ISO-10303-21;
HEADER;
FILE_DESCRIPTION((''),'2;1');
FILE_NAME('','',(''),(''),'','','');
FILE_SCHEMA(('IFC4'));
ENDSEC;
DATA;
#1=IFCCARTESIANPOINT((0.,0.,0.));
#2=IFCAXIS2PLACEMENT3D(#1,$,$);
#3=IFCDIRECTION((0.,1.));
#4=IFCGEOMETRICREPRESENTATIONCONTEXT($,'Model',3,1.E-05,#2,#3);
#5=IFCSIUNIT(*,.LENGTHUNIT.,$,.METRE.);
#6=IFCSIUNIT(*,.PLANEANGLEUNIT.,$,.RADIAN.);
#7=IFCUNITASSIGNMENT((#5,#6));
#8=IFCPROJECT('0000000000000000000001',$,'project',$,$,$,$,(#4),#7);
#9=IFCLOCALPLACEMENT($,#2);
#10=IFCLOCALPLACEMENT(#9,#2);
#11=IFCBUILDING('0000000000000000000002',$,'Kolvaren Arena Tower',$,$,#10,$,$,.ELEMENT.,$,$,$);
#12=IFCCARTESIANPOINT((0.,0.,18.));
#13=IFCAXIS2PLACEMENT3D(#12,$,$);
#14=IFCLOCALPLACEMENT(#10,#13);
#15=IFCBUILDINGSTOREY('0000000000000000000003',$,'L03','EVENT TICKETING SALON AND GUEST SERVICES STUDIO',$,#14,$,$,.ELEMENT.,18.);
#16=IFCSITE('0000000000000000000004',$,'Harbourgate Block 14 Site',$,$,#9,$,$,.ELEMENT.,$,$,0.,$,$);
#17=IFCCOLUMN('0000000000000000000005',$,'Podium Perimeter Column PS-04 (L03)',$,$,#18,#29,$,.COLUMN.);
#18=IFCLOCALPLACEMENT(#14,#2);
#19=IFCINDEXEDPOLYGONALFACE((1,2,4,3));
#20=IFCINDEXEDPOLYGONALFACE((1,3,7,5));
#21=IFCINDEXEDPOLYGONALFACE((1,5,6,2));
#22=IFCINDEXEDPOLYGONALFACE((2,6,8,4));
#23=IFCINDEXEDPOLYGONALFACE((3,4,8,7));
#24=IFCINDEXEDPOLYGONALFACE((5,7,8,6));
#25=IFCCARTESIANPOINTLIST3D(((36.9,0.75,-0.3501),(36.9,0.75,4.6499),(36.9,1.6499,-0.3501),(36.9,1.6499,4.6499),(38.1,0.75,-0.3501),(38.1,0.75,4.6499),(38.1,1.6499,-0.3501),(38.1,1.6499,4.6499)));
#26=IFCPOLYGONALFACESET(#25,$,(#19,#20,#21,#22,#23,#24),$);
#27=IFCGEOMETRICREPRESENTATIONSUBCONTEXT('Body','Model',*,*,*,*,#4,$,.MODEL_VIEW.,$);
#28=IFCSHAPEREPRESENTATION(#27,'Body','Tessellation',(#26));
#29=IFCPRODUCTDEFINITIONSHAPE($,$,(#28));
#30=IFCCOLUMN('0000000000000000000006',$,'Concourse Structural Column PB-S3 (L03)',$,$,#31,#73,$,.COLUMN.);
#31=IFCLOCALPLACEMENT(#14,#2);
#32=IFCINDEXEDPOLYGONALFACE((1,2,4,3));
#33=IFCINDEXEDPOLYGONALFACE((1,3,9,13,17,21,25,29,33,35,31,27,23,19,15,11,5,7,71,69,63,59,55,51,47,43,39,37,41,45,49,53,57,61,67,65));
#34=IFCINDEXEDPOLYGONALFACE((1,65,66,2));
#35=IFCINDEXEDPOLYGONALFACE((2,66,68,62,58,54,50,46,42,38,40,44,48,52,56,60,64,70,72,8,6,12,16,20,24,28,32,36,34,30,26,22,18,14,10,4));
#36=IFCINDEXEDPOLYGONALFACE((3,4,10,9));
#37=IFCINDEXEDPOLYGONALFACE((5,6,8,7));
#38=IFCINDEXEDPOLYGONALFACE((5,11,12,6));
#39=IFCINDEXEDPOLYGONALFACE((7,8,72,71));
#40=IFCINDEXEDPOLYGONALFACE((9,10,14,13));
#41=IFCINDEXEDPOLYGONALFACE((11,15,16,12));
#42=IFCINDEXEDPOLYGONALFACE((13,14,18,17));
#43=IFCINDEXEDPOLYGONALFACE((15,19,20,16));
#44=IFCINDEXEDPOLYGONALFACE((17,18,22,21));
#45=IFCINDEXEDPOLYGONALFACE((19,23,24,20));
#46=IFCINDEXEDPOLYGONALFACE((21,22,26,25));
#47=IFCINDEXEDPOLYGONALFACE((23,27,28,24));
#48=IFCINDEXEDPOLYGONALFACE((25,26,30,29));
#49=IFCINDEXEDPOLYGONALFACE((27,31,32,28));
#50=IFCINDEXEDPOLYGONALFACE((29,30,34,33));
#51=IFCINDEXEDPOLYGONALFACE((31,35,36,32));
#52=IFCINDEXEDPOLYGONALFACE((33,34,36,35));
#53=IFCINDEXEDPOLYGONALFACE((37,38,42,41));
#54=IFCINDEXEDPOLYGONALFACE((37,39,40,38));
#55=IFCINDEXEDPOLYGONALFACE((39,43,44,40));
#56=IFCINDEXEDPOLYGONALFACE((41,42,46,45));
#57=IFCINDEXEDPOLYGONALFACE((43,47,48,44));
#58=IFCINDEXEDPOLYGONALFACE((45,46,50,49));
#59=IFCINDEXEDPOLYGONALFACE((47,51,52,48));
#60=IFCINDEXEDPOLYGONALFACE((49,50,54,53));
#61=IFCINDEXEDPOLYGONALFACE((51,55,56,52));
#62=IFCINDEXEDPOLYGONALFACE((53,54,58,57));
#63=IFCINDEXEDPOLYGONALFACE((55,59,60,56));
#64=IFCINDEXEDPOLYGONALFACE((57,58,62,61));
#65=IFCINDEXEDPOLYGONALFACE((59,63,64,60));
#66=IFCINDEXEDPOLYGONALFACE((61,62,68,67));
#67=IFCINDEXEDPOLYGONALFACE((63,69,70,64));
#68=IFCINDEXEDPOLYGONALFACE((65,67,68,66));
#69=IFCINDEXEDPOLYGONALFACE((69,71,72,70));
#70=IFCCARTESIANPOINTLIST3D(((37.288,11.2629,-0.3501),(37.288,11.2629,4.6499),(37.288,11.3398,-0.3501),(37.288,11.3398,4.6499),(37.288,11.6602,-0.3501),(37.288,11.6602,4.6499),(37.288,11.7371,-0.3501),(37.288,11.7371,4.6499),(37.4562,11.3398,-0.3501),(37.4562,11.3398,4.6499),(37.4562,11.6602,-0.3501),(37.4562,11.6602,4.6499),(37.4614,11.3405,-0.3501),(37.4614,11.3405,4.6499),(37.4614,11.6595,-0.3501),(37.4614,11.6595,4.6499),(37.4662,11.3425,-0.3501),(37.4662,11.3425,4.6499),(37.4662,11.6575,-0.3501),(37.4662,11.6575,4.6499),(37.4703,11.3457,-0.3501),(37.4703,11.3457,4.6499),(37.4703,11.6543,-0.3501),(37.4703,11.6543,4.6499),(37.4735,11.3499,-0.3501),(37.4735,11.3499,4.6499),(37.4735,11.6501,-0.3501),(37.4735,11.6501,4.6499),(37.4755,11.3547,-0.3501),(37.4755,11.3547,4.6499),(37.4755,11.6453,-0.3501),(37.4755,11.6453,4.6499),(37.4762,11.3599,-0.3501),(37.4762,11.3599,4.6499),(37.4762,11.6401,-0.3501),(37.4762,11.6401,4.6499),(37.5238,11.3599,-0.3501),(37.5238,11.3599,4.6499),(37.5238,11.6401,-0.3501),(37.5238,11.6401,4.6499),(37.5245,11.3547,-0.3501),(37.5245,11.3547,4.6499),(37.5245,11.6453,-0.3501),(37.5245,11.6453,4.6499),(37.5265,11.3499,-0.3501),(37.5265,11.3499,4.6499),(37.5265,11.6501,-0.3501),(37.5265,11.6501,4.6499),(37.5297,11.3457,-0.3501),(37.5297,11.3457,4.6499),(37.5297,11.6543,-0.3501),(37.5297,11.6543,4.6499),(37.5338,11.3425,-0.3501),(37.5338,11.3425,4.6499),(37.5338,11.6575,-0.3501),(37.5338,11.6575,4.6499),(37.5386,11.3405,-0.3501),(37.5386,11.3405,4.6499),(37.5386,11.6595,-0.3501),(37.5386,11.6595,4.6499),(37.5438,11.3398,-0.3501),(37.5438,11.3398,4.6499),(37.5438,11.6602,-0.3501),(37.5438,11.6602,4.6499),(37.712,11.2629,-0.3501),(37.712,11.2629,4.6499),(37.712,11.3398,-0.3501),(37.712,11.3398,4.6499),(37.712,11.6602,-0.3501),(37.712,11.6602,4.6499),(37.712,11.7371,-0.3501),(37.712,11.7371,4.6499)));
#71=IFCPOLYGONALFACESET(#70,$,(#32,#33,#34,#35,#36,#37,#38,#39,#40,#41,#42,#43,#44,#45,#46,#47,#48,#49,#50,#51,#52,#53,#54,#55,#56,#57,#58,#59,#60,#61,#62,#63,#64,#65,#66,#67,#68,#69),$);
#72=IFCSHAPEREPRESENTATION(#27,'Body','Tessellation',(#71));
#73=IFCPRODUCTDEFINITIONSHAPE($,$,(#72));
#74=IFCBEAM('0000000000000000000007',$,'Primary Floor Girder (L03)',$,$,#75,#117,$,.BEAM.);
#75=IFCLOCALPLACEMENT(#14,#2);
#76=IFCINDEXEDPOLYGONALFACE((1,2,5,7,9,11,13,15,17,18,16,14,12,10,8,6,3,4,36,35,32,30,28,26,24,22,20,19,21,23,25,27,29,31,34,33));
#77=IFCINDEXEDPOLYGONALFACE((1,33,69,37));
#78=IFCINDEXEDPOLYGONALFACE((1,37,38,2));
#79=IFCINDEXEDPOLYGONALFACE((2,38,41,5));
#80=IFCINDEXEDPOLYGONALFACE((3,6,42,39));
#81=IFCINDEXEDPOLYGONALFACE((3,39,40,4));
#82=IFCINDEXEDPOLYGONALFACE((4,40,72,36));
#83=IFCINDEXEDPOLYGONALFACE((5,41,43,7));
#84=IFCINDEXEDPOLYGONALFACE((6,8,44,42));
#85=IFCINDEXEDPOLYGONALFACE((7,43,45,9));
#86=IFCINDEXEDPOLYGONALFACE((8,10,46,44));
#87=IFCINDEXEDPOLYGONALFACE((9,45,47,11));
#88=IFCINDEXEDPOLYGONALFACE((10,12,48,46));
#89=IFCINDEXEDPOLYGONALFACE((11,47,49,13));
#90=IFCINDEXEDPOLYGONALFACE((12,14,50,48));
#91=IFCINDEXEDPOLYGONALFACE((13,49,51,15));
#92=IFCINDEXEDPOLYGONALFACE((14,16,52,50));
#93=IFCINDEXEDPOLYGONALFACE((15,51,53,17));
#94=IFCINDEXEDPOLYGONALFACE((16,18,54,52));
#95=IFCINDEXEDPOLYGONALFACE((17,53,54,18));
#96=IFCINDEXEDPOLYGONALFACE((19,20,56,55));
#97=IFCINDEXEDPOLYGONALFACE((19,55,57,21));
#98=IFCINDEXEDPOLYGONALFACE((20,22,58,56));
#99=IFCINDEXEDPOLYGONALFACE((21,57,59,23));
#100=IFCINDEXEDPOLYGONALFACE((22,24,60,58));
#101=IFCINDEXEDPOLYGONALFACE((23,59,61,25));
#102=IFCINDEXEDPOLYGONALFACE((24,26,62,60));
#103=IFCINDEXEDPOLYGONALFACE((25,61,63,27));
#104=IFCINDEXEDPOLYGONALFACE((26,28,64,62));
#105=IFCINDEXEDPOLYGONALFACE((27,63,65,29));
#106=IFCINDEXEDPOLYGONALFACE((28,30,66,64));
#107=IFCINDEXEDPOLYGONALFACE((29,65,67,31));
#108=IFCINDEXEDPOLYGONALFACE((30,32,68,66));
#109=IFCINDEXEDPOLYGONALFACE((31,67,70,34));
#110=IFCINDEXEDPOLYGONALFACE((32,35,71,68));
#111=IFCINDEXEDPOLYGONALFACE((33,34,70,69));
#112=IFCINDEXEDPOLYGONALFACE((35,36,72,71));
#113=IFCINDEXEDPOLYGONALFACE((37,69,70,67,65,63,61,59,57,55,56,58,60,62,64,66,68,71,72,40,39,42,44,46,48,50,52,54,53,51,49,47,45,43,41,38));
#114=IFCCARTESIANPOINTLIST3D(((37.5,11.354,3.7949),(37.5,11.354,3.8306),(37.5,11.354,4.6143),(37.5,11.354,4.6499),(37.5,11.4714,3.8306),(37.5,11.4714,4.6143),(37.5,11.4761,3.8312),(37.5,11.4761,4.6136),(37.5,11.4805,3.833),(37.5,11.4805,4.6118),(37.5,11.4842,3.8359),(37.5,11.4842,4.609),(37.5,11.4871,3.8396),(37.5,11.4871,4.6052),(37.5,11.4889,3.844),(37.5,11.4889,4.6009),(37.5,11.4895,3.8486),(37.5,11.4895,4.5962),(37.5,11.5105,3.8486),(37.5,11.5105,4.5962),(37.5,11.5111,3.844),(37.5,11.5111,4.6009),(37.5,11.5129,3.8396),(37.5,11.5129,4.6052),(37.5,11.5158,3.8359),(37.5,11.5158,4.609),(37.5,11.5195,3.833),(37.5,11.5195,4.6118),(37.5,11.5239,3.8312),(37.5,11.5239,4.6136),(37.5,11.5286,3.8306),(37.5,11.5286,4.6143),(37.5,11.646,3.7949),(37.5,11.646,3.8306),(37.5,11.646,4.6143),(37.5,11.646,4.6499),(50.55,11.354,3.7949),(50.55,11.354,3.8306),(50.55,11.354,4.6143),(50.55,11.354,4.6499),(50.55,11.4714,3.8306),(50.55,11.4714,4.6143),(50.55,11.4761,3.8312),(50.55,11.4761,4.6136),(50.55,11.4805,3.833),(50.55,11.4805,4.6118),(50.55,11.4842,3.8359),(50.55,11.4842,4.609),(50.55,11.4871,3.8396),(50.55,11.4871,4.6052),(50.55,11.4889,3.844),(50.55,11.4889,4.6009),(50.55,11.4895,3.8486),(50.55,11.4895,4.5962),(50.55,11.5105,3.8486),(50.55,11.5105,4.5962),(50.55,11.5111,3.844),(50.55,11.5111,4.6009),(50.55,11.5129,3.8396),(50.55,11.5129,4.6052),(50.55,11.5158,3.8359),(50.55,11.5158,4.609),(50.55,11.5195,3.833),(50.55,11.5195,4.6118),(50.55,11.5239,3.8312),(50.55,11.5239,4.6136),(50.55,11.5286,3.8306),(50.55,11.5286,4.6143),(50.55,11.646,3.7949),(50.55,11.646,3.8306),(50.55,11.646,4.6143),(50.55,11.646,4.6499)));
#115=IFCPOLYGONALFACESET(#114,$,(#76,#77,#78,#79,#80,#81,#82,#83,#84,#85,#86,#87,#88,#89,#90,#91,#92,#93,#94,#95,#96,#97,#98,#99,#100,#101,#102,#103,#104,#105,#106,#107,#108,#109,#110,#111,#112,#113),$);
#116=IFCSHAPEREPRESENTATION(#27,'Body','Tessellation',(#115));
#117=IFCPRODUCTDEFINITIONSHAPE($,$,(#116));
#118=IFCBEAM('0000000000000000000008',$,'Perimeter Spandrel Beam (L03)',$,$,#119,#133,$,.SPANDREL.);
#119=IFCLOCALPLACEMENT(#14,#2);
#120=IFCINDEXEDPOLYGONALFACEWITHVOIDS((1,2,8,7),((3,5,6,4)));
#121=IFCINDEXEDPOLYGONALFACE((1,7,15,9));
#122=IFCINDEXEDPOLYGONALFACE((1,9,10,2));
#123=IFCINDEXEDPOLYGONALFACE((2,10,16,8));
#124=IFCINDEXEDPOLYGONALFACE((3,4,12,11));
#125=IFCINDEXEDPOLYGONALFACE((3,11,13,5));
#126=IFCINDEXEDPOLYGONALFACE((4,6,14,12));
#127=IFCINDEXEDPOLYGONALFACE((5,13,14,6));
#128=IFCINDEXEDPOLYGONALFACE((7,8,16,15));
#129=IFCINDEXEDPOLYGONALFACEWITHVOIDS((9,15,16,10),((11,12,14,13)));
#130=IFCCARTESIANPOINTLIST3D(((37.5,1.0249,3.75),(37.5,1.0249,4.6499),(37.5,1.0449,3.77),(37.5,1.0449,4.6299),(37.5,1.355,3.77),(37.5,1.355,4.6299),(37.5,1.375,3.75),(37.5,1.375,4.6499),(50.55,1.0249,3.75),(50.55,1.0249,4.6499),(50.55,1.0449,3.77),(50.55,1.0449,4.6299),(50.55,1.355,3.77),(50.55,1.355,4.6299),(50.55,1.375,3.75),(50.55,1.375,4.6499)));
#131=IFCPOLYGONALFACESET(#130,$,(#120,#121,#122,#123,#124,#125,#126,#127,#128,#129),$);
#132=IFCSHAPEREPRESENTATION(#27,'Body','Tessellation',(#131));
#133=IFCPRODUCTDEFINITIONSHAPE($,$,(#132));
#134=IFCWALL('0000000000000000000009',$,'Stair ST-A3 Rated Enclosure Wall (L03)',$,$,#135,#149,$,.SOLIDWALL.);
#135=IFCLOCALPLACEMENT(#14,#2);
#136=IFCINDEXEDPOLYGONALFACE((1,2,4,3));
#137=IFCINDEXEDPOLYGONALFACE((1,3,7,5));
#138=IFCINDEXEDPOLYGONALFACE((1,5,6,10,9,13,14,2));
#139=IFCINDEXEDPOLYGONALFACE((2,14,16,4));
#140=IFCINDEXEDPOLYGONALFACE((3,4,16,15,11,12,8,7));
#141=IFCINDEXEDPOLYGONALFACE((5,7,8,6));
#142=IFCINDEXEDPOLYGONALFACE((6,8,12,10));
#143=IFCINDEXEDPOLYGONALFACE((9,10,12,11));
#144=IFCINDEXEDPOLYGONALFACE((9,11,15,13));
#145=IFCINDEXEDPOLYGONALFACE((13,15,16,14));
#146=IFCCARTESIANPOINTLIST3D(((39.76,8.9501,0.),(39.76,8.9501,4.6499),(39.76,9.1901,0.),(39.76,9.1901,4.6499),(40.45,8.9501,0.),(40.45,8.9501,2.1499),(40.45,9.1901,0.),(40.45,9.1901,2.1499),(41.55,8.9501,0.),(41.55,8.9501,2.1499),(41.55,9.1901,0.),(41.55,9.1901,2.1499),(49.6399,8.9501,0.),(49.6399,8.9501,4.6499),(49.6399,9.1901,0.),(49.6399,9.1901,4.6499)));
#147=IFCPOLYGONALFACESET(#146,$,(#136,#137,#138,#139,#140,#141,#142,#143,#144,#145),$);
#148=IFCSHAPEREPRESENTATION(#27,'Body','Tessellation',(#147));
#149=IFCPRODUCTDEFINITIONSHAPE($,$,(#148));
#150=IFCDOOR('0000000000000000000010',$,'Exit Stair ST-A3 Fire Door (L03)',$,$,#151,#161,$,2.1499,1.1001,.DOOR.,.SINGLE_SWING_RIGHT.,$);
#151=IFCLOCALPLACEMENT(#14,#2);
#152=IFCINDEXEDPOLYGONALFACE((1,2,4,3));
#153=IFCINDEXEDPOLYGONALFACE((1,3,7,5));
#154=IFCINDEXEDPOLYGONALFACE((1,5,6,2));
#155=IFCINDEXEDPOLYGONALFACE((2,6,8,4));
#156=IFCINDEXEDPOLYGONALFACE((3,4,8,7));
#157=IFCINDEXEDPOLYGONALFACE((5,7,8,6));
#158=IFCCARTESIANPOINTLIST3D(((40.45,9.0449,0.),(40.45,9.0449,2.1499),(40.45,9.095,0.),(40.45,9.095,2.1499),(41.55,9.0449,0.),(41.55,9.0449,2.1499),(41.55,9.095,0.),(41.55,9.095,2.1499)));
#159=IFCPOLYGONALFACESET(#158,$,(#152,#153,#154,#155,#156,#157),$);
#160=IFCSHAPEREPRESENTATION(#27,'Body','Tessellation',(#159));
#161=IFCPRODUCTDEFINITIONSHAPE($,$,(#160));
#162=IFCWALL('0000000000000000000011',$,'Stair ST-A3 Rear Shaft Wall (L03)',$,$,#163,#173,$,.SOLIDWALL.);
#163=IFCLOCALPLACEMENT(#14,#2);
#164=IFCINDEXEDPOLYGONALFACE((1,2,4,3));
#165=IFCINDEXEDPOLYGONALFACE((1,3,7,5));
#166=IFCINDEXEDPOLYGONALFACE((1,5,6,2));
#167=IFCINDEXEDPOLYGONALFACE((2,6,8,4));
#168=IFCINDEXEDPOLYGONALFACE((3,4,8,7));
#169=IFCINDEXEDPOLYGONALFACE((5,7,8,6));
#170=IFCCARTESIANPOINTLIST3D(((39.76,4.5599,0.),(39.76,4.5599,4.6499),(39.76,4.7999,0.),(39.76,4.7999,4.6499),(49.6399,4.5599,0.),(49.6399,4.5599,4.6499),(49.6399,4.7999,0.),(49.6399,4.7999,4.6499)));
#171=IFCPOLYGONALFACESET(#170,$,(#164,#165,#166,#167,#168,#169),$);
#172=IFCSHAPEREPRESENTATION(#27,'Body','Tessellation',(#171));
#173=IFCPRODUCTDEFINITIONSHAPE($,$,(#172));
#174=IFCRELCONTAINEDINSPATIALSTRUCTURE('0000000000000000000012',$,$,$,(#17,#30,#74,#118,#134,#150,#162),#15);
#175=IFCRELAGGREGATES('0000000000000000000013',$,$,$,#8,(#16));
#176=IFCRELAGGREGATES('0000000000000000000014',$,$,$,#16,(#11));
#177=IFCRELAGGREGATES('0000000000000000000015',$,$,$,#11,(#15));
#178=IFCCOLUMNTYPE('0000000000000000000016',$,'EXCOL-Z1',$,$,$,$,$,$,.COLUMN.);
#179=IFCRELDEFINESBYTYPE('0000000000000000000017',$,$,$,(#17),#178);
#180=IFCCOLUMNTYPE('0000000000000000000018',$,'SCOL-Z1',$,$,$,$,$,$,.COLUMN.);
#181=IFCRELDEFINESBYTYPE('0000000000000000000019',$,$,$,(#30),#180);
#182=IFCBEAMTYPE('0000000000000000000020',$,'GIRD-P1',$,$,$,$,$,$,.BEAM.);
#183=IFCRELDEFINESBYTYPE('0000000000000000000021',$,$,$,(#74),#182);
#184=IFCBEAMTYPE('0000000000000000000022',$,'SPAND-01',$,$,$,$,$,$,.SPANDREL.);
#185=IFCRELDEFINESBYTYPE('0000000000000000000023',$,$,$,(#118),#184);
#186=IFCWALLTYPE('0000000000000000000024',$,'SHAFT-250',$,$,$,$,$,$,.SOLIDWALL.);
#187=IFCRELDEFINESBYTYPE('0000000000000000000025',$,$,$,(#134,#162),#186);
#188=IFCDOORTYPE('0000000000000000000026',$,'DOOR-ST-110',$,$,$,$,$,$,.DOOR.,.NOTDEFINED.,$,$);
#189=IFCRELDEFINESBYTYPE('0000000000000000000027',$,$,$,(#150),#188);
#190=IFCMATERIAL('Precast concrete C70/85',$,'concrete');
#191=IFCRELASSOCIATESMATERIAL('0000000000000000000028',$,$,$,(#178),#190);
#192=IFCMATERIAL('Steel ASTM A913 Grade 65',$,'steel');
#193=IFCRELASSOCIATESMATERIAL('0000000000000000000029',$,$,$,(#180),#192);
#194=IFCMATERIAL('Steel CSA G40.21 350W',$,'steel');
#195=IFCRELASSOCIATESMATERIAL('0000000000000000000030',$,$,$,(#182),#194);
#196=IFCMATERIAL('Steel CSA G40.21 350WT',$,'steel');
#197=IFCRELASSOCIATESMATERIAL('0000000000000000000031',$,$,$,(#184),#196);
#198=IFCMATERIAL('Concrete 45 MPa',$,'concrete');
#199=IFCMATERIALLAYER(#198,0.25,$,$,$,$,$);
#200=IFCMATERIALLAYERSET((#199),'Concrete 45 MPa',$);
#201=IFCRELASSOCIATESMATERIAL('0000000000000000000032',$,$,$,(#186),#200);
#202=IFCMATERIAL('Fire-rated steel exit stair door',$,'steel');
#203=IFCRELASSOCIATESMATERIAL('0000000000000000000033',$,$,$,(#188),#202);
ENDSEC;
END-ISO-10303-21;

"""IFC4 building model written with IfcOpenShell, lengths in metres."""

from ifc_helpers import new_model, si_unit, direction, frame, frame_2d, origin, origin_2d, place, context, subcontext, project, spatial, rectangle, hollow_rectangle, i_section, extrude, material, layer, layer_set, material_profile, profile_set, type_object, element, fill, save


model = new_model("IFC4")

# Units and contexts
model_context = context("Model", 3, precision=1e-05, world=origin(), true_north=direction((0.0, 1.0)))
body_context = subcontext(model_context, "Body", "Model", "MODEL_VIEW")
ifc_project = project(units=[si_unit("LENGTHUNIT", "METRE"), si_unit("PLANEANGLEUNIT", "RADIAN")], contexts=[model_context])

# Site, building, storey
site_placement = place(None, origin())
site = spatial("IfcSite", under=ifc_project, at=site_placement, Name="Harbourgate Block 14 Site", CompositionType="ELEMENT", RefElevation=0.0)
building_placement = place(site_placement, origin())
building = spatial("IfcBuilding", under=site, at=building_placement, Name="Kolvaren Arena Tower", CompositionType="ELEMENT")
storey_placement = place(building_placement, frame((0.0, 0.0, 18.0)))
storey = spatial("IfcBuildingStorey", under=building, at=storey_placement, Name="L03", Description="EVENT TICKETING SALON AND GUEST SERVICES STUDIO", CompositionType="ELEMENT", Elevation=18.0)

# Columns
ifc_material_1 = material(Name="Precast concrete C70/85", Category="concrete")
ifc_material_profile_1 = material_profile(ifc_material_1, rectangle(XDim=1.2, YDim=0.8999, at=origin_2d()), Name="RC-1200x900")
ifc_profile_set_1 = profile_set([ifc_material_profile_1], Name="Precast concrete C70/85")
column_type_1 = type_object("IfcColumnType", Name="EXCOL-Z1", PredefinedType="COLUMN", material=ifc_profile_set_1)
column_1_placement = place(storey_placement, frame((37.5, 1.2, -0.3501), z_axis=(0.0, 0.0, 1.0), x_axis=(1.0, 0.0, 0.0)))
element("IfcColumn", 1, at=column_1_placement, inside=storey, type_object=column_type_1, Name="Podium Perimeter Column PS-04 (L03)", PredefinedType="COLUMN", context=body_context, shape_type="SweptSolid", body=[
    extrude(rectangle(XDim=1.2, YDim=0.8999, at=origin_2d()), origin(), (0.0, 0.0, 1.0), 5.0),
])
ifc_material_2 = material(Name="Steel ASTM A913 Grade 65", Category="steel")
ifc_material_profile_2 = material_profile(ifc_material_2, i_section(OverallWidth=0.4241, OverallDepth=0.4741, WebThickness=0.0476, FlangeThickness=0.0769, FilletRadius=0.02, at=origin_2d()), Name="W360x634")
ifc_profile_set_2 = profile_set([ifc_material_profile_2], Name="Steel ASTM A913 Grade 65")
column_type_2 = type_object("IfcColumnType", Name="SCOL-Z1", PredefinedType="COLUMN", material=ifc_profile_set_2)
column_2_placement = place(storey_placement, frame((37.5, 11.5, -0.3501), z_axis=(0.0, 0.0, 1.0), x_axis=(1.0, 0.0, 0.0)))
element("IfcColumn", 2, at=column_2_placement, inside=storey, type_object=column_type_2, Name="Concourse Structural Column PB-S3 (L03)", PredefinedType="COLUMN", context=body_context, shape_type="SweptSolid", body=[
    extrude(i_section(OverallWidth=0.4241, OverallDepth=0.4741, WebThickness=0.0476, FlangeThickness=0.0769, FilletRadius=0.02, at=origin_2d()), origin(), (0.0, 0.0, 1.0), 5.0),
])

# Beams
ifc_material_3 = material(Name="Steel CSA G40.21 350W", Category="steel")
ifc_material_profile_3 = material_profile(ifc_material_3, i_section(OverallWidth=0.292, OverallDepth=0.855, WebThickness=0.021, FlangeThickness=0.0356, FilletRadius=0.0181, at=origin_2d()), Name="W840x299")
ifc_profile_set_3 = profile_set([ifc_material_profile_3], Name="Steel CSA G40.21 350W")
beam_type_1 = type_object("IfcBeamType", Name="GIRD-P1", PredefinedType="BEAM", material=ifc_profile_set_3)
beam_1_placement = place(storey_placement, frame((37.5, 11.5, 4.2224), z_axis=(1.0, 0.0, 0.0), x_axis=(0.0, 1.0, 0.0)))
element("IfcBeam", 3, at=beam_1_placement, inside=storey, type_object=beam_type_1, Name="Primary Floor Girder (L03)", PredefinedType="BEAM", context=body_context, shape_type="SweptSolid", body=[
    extrude(i_section(OverallWidth=0.292, OverallDepth=0.855, WebThickness=0.021, FlangeThickness=0.0356, FilletRadius=0.0181, at=origin_2d()), origin(), (0.0, 0.0, 1.0), 13.05),
])
ifc_material_4 = material(Name="Steel CSA G40.21 350WT", Category="steel")
ifc_material_profile_4 = material_profile(ifc_material_4, hollow_rectangle(XDim=0.3501, YDim=0.8999, WallThickness=0.02, at=origin_2d()), Name="HSS 900x350x20")
ifc_profile_set_4 = profile_set([ifc_material_profile_4], Name="Steel CSA G40.21 350WT")
beam_type_2 = type_object("IfcBeamType", Name="SPAND-01", PredefinedType="SPANDREL", material=ifc_profile_set_4)
beam_2_placement = place(storey_placement, frame((37.5, 1.2, 4.2), z_axis=(1.0, 0.0, 0.0), x_axis=(0.0, 1.0, 0.0)))
element("IfcBeam", 4, at=beam_2_placement, inside=storey, type_object=beam_type_2, Name="Perimeter Spandrel Beam (L03)", PredefinedType="SPANDREL", context=body_context, shape_type="SweptSolid", body=[
    extrude(hollow_rectangle(XDim=0.3501, YDim=0.8999, WallThickness=0.02, at=origin_2d()), origin(), (0.0, 0.0, 1.0), 13.05),
])

# Wall, opening, door
ifc_material_5 = material(Name="Concrete 45 MPa", Category="concrete")
ifc_layer = layer(ifc_material_5, 0.25)
ifc_layer_set = layer_set([ifc_layer], Name="Concrete 45 MPa")
wall_type = type_object("IfcWallType", Name="SHAFT-250", PredefinedType="SOLIDWALL", material=ifc_layer_set)
wall_1_placement = place(storey_placement, frame((39.76, 9.0701, 0.0), z_axis=(0.0, 0.0, 1.0), x_axis=(1.0, 0.0, 0.0)))
wall_1 = element("IfcWall", 5, at=wall_1_placement, inside=storey, type_object=wall_type, Name="Stair ST-A3 Rated Enclosure Wall (L03)", PredefinedType="SOLIDWALL", context=body_context, shape_type="SweptSolid", body=[
    extrude(rectangle(XDim=9.8799, YDim=0.24, at=frame_2d((4.9399, 0.0))), origin(), (0.0, 0.0, 1.0), 4.6499),
])
opening_placement = place(wall_1_placement, frame((0.6899, 0.0, 0.0)))
opening = element("IfcOpeningElement", 6, at=opening_placement, cuts=wall_1, PredefinedType="OPENING", context=body_context, shape_type="SweptSolid", body=[
    extrude(rectangle(XDim=1.1001, YDim=2.1499, at=frame_2d((0.55, 1.075))), frame((0.0, 0.1299, 0.0), z_axis=(0.0, -1.0, 0.0), x_axis=(1.0, 0.0, 0.0)), (0.0, 0.0, 1.0), 0.26),
])
ifc_material_6 = material(Name="Fire-rated steel exit stair door", Category="steel")
door_type = type_object("IfcDoorType", Name="DOOR-ST-110", OperationType="NOTDEFINED", PredefinedType="DOOR", material=ifc_material_6)
door_placement = place(opening_placement, origin())
door = element("IfcDoor", 7, at=door_placement, inside=storey, type_object=door_type, Name="Exit Stair ST-A3 Fire Door (L03)", OperationType="SINGLE_SWING_RIGHT", OverallHeight=2.1499, OverallWidth=1.1001, PredefinedType="DOOR", context=body_context, shape_type="SweptSolid", body=[
    extrude(rectangle(XDim=1.1001, YDim=2.1499, at=frame_2d((0.55, 1.075))), frame((0.0, 0.0249, 0.0), z_axis=(0.0, -1.0, 0.0), x_axis=(1.0, 0.0, 0.0)), (0.0, 0.0, 1.0), 0.05),
])
fill(opening, door)

# Wall
wall_2_placement = place(storey_placement, frame((39.76, 4.6799, 0.0), z_axis=(0.0, 0.0, 1.0), x_axis=(1.0, 0.0, 0.0)))
element("IfcWall", 8, at=wall_2_placement, inside=storey, type_object=wall_type, Name="Stair ST-A3 Rear Shaft Wall (L03)", PredefinedType="SOLIDWALL", context=body_context, shape_type="SweptSolid", body=[
    extrude(rectangle(XDim=9.8799, YDim=0.24, at=frame_2d((4.9399, 0.0))), origin(), (0.0, 0.0, 1.0), 4.6499),
])

save(model, "model.ifc")
